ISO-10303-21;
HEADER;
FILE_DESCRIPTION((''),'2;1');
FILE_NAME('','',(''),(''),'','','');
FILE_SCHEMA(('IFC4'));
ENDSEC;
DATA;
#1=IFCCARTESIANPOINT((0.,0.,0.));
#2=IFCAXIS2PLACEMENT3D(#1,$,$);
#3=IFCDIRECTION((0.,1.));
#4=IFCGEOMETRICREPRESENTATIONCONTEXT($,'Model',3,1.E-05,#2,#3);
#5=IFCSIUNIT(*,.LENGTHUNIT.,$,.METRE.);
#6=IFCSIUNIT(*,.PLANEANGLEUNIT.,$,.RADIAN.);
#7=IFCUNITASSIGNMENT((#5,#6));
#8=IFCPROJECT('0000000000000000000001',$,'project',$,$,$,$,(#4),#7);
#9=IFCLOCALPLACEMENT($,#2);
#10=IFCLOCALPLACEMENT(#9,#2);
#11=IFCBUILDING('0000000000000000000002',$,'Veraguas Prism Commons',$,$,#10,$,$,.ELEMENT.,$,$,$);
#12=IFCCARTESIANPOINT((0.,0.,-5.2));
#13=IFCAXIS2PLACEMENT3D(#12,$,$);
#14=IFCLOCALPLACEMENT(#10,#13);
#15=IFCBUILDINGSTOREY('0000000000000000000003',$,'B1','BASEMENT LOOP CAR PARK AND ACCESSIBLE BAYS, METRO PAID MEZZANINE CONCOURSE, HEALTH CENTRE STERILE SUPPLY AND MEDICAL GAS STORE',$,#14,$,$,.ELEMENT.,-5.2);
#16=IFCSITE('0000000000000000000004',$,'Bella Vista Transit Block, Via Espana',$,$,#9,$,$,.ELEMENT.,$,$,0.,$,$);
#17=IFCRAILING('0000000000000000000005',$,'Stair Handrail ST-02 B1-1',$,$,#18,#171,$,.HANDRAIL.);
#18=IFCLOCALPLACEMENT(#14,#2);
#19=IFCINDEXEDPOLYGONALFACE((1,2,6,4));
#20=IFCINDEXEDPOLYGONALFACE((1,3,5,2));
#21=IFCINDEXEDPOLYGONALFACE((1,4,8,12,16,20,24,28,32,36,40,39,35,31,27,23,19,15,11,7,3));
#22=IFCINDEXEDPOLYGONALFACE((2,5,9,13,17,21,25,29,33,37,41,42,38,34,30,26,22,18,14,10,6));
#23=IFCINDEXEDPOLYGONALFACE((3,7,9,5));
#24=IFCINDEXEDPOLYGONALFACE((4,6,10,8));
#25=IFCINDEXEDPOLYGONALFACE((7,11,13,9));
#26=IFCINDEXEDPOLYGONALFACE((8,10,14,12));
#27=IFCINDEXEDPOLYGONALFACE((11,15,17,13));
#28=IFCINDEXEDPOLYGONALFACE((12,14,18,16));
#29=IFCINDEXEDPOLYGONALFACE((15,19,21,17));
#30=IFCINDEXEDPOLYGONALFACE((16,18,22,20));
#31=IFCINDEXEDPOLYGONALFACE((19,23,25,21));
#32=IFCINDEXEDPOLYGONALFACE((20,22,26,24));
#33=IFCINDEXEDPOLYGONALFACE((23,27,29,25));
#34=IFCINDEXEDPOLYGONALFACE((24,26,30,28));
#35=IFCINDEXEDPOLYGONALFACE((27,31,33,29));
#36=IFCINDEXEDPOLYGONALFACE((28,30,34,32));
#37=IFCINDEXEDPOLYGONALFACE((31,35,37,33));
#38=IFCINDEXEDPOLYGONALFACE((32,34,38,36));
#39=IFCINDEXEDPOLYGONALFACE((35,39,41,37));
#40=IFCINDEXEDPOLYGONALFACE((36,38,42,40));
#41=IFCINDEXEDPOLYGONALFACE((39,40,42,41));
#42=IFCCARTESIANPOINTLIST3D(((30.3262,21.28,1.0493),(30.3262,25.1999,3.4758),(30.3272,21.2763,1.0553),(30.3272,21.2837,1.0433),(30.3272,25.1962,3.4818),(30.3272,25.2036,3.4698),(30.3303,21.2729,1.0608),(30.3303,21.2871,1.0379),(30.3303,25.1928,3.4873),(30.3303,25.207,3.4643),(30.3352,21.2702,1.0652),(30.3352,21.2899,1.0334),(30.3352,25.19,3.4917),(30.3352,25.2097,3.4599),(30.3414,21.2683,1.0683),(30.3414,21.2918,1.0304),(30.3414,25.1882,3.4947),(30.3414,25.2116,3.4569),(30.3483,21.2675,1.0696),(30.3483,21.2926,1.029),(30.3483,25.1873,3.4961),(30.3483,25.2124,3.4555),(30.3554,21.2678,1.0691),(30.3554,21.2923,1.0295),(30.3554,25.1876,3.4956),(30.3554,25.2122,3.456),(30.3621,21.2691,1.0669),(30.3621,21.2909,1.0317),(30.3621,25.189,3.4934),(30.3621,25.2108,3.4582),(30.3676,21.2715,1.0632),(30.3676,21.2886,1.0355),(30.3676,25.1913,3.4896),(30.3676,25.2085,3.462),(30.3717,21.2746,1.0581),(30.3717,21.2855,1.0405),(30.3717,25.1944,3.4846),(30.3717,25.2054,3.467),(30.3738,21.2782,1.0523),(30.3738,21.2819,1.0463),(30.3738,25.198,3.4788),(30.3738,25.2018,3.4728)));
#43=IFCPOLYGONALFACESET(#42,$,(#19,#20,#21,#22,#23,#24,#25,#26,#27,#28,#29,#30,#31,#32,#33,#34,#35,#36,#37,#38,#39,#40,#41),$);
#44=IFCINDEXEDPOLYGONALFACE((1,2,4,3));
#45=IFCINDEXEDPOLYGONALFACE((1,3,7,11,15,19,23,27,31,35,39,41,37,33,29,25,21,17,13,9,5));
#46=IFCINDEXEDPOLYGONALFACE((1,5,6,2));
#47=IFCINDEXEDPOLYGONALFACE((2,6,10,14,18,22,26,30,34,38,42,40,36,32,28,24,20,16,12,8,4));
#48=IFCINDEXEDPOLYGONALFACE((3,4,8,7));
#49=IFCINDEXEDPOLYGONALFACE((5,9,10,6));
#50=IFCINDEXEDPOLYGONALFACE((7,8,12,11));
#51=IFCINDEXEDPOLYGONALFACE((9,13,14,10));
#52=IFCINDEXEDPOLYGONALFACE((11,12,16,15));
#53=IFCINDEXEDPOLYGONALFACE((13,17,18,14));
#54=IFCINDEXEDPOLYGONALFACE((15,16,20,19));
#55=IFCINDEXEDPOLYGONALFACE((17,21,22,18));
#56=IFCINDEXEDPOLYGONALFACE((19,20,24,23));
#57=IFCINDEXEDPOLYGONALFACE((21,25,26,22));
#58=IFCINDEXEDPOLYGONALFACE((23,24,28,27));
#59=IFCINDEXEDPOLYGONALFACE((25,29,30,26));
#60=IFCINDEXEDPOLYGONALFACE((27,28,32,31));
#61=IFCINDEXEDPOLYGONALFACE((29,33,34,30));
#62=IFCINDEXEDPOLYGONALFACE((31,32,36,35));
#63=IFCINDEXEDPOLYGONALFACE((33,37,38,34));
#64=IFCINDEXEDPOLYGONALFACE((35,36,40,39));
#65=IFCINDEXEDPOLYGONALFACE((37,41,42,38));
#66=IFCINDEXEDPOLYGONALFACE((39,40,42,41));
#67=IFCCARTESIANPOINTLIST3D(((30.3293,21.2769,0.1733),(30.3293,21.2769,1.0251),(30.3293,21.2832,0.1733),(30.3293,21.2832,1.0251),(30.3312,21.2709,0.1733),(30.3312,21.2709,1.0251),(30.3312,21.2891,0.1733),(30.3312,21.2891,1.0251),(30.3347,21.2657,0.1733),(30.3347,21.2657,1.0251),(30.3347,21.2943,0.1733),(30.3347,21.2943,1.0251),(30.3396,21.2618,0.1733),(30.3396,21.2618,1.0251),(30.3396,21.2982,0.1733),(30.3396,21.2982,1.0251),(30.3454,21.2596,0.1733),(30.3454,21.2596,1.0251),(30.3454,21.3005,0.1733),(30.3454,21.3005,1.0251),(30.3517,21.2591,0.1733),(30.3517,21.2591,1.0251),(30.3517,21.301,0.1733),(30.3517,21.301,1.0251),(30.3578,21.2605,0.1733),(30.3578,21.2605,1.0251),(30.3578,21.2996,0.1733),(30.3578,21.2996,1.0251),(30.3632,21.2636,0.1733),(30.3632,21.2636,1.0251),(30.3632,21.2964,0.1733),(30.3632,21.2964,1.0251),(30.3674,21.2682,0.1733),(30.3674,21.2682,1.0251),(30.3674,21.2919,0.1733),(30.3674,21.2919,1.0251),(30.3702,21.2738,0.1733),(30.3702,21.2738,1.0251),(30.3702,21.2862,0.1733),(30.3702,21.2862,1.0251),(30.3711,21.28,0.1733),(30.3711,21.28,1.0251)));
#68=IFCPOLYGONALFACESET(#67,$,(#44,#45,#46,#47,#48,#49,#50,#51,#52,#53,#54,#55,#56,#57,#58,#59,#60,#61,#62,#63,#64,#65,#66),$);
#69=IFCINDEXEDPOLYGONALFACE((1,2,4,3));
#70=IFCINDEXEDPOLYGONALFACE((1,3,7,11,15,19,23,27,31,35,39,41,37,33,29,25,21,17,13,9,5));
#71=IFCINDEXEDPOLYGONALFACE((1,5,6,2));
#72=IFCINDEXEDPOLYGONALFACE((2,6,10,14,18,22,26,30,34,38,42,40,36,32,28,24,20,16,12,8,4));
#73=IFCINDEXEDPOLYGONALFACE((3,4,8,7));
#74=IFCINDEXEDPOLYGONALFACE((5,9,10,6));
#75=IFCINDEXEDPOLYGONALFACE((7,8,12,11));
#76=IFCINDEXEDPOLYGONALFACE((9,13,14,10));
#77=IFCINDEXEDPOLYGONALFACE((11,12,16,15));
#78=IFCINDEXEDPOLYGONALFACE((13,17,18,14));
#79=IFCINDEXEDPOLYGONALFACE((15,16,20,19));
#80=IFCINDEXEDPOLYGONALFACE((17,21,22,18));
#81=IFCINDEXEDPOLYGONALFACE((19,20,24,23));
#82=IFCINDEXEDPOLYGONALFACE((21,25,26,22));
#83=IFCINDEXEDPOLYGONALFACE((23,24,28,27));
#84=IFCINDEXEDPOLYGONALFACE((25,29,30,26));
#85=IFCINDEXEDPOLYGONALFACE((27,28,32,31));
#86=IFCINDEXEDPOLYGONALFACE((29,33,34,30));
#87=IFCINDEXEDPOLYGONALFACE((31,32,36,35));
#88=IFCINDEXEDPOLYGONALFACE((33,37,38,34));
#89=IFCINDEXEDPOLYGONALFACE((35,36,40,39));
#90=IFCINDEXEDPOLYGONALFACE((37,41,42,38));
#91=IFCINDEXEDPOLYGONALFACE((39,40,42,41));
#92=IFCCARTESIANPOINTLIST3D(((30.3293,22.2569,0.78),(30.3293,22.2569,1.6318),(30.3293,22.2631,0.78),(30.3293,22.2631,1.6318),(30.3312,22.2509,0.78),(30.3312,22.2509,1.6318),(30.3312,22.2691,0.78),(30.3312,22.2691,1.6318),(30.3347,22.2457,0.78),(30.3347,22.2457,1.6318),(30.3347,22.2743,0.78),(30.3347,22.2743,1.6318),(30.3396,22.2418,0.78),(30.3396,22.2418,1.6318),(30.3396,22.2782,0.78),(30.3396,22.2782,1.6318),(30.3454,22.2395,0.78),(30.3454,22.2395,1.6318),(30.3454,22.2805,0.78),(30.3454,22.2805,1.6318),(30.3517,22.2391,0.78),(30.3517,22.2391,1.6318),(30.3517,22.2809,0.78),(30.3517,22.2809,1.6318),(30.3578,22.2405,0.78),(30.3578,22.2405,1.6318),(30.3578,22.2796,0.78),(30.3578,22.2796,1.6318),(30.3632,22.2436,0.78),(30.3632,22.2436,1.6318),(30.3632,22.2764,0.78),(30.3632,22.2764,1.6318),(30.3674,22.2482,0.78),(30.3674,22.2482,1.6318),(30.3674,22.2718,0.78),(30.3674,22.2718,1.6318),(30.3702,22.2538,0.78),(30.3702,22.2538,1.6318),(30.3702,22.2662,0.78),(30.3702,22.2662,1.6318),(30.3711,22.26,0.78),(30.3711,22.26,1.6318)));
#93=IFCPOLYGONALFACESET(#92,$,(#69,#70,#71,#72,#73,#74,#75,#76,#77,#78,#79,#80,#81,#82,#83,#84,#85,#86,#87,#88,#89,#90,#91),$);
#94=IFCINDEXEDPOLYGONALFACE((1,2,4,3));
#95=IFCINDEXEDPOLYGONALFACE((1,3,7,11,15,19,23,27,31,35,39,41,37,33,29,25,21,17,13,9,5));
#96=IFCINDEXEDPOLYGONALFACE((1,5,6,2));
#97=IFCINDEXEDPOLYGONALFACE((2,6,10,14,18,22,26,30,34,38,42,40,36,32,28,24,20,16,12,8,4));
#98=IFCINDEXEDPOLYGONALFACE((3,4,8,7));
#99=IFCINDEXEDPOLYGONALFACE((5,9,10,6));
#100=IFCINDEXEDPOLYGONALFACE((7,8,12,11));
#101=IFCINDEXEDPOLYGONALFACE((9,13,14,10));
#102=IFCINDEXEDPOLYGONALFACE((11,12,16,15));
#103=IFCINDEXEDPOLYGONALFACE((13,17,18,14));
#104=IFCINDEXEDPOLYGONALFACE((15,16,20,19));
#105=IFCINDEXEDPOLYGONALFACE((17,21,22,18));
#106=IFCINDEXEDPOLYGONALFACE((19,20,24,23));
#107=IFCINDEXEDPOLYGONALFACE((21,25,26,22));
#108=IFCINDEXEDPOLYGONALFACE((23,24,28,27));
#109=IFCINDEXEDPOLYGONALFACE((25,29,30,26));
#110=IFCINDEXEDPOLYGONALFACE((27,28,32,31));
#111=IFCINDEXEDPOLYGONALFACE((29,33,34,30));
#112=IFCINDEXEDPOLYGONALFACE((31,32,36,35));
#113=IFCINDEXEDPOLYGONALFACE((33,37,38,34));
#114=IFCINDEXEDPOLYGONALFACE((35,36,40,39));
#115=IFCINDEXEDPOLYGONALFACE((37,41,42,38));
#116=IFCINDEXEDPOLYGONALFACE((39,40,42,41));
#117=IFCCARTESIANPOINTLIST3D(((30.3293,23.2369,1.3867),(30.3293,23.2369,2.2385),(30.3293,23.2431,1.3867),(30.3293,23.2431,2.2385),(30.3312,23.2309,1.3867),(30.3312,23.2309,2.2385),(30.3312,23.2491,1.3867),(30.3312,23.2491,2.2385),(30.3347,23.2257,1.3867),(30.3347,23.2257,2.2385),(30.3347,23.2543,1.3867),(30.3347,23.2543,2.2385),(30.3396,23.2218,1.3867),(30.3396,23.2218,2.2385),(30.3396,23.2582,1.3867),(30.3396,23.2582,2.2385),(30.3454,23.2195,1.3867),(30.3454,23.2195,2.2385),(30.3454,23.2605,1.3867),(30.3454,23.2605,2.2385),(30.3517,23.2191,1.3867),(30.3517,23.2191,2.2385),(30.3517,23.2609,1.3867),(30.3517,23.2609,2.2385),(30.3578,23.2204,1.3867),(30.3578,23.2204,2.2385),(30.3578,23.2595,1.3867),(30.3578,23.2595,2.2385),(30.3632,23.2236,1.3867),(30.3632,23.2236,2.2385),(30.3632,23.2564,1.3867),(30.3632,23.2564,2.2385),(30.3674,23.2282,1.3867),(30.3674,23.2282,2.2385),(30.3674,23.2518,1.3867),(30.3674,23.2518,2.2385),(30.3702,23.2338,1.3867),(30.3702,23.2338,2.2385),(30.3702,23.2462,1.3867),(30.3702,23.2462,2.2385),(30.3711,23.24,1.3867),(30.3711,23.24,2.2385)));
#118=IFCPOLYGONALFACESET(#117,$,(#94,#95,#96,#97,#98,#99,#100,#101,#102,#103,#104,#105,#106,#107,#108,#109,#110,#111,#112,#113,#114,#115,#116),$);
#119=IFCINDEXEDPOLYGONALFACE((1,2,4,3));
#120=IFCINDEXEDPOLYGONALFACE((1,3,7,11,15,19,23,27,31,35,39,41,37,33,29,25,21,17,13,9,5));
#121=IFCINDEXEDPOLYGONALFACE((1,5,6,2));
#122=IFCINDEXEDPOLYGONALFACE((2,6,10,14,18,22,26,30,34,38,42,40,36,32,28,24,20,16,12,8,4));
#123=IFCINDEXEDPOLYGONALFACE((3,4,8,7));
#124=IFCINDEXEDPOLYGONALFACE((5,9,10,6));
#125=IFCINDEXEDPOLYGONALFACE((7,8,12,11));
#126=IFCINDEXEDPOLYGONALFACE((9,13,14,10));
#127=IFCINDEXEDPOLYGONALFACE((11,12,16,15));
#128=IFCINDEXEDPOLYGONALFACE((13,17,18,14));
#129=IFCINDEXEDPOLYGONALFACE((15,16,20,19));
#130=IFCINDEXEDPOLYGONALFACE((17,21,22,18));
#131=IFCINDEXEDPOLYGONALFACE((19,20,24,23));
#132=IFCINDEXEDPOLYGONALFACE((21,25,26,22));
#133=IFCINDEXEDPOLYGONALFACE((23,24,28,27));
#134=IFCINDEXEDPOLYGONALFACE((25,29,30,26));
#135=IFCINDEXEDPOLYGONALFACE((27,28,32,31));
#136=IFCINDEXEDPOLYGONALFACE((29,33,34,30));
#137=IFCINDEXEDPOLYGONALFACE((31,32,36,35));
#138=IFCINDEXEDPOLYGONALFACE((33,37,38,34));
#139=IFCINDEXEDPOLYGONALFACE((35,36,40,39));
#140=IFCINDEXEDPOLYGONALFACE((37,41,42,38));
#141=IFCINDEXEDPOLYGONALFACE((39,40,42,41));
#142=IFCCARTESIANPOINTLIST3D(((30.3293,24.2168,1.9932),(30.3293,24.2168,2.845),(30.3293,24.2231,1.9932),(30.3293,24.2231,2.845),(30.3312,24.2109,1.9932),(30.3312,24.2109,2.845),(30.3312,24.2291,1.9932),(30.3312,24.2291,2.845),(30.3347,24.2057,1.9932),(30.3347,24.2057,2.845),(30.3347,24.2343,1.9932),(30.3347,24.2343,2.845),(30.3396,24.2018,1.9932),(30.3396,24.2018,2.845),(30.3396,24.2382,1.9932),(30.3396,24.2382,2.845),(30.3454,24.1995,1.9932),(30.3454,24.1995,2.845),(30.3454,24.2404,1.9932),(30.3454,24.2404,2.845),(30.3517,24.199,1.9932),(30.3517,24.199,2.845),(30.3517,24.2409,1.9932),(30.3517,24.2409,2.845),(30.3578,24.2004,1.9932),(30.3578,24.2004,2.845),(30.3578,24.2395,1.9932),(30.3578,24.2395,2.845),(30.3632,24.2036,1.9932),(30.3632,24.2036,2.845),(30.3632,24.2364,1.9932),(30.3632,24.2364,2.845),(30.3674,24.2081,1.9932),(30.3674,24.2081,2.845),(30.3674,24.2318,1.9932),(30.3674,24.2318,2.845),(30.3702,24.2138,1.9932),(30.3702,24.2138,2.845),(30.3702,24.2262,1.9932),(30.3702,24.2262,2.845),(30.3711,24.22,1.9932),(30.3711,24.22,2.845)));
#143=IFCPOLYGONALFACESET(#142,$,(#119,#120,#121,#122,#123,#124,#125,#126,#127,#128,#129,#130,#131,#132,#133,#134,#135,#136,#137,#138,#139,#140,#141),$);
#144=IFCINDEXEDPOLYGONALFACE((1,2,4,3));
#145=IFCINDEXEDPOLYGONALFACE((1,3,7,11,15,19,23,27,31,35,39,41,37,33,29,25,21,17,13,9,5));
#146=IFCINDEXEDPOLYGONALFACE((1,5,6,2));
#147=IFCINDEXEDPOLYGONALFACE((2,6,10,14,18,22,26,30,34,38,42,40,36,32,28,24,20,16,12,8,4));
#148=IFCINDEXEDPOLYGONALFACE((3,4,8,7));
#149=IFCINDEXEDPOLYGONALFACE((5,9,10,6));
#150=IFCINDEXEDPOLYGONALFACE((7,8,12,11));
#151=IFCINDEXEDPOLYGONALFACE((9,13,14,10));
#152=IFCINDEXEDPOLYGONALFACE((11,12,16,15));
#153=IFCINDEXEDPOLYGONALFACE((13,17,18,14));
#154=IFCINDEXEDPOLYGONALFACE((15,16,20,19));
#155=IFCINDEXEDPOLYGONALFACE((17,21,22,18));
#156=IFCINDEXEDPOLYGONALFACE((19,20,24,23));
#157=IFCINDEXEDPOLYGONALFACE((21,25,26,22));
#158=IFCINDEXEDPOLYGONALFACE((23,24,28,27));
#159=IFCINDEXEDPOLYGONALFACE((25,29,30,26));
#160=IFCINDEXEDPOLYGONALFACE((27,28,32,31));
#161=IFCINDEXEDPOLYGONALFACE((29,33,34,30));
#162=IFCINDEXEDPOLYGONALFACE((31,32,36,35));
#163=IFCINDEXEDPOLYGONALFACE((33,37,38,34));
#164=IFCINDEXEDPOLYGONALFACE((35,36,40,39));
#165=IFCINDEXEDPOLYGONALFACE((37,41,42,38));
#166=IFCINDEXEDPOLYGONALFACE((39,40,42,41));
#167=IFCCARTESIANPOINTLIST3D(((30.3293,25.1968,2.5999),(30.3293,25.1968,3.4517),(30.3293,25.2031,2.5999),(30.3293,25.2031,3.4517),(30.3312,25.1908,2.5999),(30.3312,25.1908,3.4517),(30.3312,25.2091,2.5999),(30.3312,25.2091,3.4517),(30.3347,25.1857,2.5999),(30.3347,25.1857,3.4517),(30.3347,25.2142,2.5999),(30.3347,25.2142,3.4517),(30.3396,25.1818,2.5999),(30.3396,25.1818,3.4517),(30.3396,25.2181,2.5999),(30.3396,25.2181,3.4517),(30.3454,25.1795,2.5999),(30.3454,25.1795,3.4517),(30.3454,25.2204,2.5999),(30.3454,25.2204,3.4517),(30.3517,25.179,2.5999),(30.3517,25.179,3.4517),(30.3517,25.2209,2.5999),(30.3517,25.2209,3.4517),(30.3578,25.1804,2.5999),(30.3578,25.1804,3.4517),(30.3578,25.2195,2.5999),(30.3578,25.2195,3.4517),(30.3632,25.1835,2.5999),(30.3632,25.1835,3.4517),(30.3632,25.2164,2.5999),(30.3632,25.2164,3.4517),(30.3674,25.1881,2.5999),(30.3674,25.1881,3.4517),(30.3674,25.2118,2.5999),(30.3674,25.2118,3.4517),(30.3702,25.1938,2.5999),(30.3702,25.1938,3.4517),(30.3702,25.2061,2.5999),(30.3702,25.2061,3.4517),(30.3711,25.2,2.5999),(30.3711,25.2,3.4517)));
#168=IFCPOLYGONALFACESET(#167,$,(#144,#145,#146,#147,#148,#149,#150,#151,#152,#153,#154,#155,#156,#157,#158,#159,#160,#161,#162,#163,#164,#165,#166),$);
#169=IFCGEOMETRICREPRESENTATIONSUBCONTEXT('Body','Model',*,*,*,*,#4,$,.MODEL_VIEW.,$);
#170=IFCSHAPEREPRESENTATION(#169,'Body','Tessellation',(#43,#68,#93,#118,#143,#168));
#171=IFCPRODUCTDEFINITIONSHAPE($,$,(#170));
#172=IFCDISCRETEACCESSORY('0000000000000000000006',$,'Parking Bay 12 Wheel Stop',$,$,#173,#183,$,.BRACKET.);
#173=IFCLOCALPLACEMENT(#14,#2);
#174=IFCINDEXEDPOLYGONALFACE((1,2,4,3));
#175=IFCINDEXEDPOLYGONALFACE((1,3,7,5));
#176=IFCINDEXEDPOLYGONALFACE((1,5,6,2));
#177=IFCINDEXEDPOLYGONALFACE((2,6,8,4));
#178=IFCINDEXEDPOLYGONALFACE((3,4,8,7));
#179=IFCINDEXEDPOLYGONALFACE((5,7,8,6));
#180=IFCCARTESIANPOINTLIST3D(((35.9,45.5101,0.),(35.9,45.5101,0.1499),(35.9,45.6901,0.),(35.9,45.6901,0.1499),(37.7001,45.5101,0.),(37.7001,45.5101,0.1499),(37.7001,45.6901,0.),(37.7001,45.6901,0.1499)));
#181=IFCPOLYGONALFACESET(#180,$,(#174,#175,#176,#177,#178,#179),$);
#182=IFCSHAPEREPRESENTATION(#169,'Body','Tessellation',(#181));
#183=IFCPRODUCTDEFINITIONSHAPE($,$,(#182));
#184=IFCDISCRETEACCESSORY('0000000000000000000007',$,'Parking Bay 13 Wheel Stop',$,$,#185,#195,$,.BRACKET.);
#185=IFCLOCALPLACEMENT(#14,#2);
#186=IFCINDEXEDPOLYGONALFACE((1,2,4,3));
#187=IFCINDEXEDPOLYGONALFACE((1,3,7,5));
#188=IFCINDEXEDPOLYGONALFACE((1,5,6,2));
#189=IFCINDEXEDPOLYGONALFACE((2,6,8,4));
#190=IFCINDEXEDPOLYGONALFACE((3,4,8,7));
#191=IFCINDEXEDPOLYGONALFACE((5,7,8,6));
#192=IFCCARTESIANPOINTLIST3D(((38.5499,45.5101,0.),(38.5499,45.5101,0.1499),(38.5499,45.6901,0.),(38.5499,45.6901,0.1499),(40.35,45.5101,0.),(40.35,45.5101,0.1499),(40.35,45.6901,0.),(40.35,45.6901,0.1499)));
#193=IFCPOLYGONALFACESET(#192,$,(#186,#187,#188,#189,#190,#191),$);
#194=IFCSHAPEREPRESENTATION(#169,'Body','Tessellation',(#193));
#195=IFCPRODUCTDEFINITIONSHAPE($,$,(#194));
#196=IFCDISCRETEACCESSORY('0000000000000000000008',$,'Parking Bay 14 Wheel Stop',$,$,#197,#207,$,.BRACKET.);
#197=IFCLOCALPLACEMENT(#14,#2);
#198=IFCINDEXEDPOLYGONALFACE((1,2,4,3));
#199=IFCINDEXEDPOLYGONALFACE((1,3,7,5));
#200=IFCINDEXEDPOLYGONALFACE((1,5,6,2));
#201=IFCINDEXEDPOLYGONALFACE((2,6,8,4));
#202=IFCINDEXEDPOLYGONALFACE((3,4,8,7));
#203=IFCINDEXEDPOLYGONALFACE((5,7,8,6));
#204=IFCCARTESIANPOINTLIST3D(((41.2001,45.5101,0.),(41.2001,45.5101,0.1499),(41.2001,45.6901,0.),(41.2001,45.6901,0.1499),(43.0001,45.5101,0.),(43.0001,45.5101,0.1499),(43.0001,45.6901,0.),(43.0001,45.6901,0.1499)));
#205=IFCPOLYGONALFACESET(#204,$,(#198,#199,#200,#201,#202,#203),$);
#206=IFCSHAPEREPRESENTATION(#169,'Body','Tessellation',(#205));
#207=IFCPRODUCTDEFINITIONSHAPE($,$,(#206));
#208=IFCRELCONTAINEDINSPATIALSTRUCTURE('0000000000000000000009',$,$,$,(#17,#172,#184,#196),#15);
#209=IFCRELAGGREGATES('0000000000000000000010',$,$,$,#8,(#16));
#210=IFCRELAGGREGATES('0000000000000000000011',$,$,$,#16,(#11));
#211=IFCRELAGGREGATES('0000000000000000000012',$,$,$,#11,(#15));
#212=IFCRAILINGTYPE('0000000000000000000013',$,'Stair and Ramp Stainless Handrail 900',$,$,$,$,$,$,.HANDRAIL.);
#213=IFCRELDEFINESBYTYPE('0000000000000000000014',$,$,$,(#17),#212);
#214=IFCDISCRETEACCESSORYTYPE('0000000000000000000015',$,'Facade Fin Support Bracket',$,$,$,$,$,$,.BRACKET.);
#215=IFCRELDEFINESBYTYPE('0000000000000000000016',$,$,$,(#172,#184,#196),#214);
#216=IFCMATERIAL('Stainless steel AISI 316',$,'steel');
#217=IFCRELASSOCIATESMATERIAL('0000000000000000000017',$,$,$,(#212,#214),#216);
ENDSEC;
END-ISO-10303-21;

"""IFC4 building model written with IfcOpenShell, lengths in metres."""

from ifc_helpers import new_model, si_unit, direction, frame, origin, origin_2d, place, context, subcontext, project, spatial, rectangle, circle, extrude, source, transform, mapped, material, type_object, element, save


model = new_model("IFC4")

# Units and contexts
model_context = context("Model", 3, precision=1e-05, world=origin(), true_north=direction((0.0, 1.0)))
body_context = subcontext(model_context, "Body", "Model", "MODEL_VIEW")
ifc_project = project(units=[si_unit("LENGTHUNIT", "METRE"), si_unit("PLANEANGLEUNIT", "RADIAN")], contexts=[model_context])

# Site, building, storey
site_placement = place(None, origin())
site = spatial("IfcSite", under=ifc_project, at=site_placement, Name="Bella Vista Transit Block, Via Espana", CompositionType="ELEMENT", RefElevation=0.0)
building_placement = place(site_placement, origin())
building = spatial("IfcBuilding", under=site, at=building_placement, Name="Veraguas Prism Commons", CompositionType="ELEMENT")
storey_placement = place(building_placement, frame((0.0, 0.0, -5.2)))
storey = spatial("IfcBuildingStorey", under=building, at=storey_placement, Name="B1", Description="BASEMENT LOOP CAR PARK AND ACCESSIBLE BAYS, METRO PAID MEZZANINE CONCOURSE, HEALTH CENTRE STERILE SUPPLY AND MEDICAL GAS STORE", CompositionType="ELEMENT", Elevation=-5.2)

# Railing
ifc_material_1 = material(Name="Stainless steel AISI 316", Category="steel")
railing_type = type_object("IfcRailingType", Name="Stair and Ramp Stainless Handrail 900", PredefinedType="HANDRAIL", material=ifc_material_1)
railing_placement = place(storey_placement, frame((30.3501, 21.28, 0.1733)))
element("IfcRailing", 1, at=railing_placement, inside=storey, type_object=railing_type, Name="Stair Handrail ST-02 B1-1", PredefinedType="HANDRAIL", context=body_context, shape_type="SweptSolid", body=[
    extrude(circle(Radius=0.0239, at=origin_2d()), frame((0.0, 0.0, 0.876), z_axis=(0.0, 0.850275, 0.526338), x_axis=(-1.0, 0.0, 0.0)), (0.0, 0.0, 1.0), 4.6101),
    extrude(circle(Radius=0.021, at=origin_2d()), origin(), (0.0, 0.0, 1.0), 0.8518),
    extrude(circle(Radius=0.021, at=origin_2d()), frame((0.0, 0.98, 0.6067)), (0.0, 0.0, 1.0), 0.8518),
    extrude(circle(Radius=0.021, at=origin_2d()), frame((0.0, 1.96, 1.2134)), (0.0, 0.0, 1.0), 0.8518),
    extrude(circle(Radius=0.021, at=origin_2d()), frame((0.0, 2.9399, 1.8198)), (0.0, 0.0, 1.0), 0.8518),
    extrude(circle(Radius=0.021, at=origin_2d()), frame((0.0, 3.9199, 2.4265)), (0.0, 0.0, 1.0), 0.8518),
])

# Discrete accessories
discrete_accessory_type = type_object("IfcDiscreteAccessoryType", Name="Facade Fin Support Bracket", PredefinedType="BRACKET", material=ifc_material_1)
shared_shape = source(origin(), body_context, "Body", "SweptSolid", [
    extrude(rectangle(XDim=1.8, YDim=0.1799, at=origin_2d()), origin(), (0.0, 0.0, 1.0), 0.1499),
])
for number, where, z_axis, x_axis, name in (
    (2, (36.8, 45.6001, 0.0), (0.0, 0.0, 1.0), (1.0, 0.0, 0.0), "Parking Bay 12 Wheel Stop"),
    (3, (39.45, 45.6001, 0.0), (0.0, 0.0, 1.0), (1.0, 0.0, 0.0), "Parking Bay 13 Wheel Stop"),
    (4, (42.1001, 45.6001, 0.0), (0.0, 0.0, 1.0), (1.0, 0.0, 0.0), "Parking Bay 14 Wheel Stop"),
):
    element("IfcDiscreteAccessory", number, at=place(storey_placement, frame(where, z_axis=z_axis, x_axis=x_axis)), inside=storey, type_object=discrete_accessory_type, Name=name, PredefinedType="BRACKET", context=body_context, shape_type="MappedRepresentation", body=[
        mapped(shared_shape, transform((0.0, 0.0, 0.0), scale=1.0)),
    ])

save(model, "model.ifc")
